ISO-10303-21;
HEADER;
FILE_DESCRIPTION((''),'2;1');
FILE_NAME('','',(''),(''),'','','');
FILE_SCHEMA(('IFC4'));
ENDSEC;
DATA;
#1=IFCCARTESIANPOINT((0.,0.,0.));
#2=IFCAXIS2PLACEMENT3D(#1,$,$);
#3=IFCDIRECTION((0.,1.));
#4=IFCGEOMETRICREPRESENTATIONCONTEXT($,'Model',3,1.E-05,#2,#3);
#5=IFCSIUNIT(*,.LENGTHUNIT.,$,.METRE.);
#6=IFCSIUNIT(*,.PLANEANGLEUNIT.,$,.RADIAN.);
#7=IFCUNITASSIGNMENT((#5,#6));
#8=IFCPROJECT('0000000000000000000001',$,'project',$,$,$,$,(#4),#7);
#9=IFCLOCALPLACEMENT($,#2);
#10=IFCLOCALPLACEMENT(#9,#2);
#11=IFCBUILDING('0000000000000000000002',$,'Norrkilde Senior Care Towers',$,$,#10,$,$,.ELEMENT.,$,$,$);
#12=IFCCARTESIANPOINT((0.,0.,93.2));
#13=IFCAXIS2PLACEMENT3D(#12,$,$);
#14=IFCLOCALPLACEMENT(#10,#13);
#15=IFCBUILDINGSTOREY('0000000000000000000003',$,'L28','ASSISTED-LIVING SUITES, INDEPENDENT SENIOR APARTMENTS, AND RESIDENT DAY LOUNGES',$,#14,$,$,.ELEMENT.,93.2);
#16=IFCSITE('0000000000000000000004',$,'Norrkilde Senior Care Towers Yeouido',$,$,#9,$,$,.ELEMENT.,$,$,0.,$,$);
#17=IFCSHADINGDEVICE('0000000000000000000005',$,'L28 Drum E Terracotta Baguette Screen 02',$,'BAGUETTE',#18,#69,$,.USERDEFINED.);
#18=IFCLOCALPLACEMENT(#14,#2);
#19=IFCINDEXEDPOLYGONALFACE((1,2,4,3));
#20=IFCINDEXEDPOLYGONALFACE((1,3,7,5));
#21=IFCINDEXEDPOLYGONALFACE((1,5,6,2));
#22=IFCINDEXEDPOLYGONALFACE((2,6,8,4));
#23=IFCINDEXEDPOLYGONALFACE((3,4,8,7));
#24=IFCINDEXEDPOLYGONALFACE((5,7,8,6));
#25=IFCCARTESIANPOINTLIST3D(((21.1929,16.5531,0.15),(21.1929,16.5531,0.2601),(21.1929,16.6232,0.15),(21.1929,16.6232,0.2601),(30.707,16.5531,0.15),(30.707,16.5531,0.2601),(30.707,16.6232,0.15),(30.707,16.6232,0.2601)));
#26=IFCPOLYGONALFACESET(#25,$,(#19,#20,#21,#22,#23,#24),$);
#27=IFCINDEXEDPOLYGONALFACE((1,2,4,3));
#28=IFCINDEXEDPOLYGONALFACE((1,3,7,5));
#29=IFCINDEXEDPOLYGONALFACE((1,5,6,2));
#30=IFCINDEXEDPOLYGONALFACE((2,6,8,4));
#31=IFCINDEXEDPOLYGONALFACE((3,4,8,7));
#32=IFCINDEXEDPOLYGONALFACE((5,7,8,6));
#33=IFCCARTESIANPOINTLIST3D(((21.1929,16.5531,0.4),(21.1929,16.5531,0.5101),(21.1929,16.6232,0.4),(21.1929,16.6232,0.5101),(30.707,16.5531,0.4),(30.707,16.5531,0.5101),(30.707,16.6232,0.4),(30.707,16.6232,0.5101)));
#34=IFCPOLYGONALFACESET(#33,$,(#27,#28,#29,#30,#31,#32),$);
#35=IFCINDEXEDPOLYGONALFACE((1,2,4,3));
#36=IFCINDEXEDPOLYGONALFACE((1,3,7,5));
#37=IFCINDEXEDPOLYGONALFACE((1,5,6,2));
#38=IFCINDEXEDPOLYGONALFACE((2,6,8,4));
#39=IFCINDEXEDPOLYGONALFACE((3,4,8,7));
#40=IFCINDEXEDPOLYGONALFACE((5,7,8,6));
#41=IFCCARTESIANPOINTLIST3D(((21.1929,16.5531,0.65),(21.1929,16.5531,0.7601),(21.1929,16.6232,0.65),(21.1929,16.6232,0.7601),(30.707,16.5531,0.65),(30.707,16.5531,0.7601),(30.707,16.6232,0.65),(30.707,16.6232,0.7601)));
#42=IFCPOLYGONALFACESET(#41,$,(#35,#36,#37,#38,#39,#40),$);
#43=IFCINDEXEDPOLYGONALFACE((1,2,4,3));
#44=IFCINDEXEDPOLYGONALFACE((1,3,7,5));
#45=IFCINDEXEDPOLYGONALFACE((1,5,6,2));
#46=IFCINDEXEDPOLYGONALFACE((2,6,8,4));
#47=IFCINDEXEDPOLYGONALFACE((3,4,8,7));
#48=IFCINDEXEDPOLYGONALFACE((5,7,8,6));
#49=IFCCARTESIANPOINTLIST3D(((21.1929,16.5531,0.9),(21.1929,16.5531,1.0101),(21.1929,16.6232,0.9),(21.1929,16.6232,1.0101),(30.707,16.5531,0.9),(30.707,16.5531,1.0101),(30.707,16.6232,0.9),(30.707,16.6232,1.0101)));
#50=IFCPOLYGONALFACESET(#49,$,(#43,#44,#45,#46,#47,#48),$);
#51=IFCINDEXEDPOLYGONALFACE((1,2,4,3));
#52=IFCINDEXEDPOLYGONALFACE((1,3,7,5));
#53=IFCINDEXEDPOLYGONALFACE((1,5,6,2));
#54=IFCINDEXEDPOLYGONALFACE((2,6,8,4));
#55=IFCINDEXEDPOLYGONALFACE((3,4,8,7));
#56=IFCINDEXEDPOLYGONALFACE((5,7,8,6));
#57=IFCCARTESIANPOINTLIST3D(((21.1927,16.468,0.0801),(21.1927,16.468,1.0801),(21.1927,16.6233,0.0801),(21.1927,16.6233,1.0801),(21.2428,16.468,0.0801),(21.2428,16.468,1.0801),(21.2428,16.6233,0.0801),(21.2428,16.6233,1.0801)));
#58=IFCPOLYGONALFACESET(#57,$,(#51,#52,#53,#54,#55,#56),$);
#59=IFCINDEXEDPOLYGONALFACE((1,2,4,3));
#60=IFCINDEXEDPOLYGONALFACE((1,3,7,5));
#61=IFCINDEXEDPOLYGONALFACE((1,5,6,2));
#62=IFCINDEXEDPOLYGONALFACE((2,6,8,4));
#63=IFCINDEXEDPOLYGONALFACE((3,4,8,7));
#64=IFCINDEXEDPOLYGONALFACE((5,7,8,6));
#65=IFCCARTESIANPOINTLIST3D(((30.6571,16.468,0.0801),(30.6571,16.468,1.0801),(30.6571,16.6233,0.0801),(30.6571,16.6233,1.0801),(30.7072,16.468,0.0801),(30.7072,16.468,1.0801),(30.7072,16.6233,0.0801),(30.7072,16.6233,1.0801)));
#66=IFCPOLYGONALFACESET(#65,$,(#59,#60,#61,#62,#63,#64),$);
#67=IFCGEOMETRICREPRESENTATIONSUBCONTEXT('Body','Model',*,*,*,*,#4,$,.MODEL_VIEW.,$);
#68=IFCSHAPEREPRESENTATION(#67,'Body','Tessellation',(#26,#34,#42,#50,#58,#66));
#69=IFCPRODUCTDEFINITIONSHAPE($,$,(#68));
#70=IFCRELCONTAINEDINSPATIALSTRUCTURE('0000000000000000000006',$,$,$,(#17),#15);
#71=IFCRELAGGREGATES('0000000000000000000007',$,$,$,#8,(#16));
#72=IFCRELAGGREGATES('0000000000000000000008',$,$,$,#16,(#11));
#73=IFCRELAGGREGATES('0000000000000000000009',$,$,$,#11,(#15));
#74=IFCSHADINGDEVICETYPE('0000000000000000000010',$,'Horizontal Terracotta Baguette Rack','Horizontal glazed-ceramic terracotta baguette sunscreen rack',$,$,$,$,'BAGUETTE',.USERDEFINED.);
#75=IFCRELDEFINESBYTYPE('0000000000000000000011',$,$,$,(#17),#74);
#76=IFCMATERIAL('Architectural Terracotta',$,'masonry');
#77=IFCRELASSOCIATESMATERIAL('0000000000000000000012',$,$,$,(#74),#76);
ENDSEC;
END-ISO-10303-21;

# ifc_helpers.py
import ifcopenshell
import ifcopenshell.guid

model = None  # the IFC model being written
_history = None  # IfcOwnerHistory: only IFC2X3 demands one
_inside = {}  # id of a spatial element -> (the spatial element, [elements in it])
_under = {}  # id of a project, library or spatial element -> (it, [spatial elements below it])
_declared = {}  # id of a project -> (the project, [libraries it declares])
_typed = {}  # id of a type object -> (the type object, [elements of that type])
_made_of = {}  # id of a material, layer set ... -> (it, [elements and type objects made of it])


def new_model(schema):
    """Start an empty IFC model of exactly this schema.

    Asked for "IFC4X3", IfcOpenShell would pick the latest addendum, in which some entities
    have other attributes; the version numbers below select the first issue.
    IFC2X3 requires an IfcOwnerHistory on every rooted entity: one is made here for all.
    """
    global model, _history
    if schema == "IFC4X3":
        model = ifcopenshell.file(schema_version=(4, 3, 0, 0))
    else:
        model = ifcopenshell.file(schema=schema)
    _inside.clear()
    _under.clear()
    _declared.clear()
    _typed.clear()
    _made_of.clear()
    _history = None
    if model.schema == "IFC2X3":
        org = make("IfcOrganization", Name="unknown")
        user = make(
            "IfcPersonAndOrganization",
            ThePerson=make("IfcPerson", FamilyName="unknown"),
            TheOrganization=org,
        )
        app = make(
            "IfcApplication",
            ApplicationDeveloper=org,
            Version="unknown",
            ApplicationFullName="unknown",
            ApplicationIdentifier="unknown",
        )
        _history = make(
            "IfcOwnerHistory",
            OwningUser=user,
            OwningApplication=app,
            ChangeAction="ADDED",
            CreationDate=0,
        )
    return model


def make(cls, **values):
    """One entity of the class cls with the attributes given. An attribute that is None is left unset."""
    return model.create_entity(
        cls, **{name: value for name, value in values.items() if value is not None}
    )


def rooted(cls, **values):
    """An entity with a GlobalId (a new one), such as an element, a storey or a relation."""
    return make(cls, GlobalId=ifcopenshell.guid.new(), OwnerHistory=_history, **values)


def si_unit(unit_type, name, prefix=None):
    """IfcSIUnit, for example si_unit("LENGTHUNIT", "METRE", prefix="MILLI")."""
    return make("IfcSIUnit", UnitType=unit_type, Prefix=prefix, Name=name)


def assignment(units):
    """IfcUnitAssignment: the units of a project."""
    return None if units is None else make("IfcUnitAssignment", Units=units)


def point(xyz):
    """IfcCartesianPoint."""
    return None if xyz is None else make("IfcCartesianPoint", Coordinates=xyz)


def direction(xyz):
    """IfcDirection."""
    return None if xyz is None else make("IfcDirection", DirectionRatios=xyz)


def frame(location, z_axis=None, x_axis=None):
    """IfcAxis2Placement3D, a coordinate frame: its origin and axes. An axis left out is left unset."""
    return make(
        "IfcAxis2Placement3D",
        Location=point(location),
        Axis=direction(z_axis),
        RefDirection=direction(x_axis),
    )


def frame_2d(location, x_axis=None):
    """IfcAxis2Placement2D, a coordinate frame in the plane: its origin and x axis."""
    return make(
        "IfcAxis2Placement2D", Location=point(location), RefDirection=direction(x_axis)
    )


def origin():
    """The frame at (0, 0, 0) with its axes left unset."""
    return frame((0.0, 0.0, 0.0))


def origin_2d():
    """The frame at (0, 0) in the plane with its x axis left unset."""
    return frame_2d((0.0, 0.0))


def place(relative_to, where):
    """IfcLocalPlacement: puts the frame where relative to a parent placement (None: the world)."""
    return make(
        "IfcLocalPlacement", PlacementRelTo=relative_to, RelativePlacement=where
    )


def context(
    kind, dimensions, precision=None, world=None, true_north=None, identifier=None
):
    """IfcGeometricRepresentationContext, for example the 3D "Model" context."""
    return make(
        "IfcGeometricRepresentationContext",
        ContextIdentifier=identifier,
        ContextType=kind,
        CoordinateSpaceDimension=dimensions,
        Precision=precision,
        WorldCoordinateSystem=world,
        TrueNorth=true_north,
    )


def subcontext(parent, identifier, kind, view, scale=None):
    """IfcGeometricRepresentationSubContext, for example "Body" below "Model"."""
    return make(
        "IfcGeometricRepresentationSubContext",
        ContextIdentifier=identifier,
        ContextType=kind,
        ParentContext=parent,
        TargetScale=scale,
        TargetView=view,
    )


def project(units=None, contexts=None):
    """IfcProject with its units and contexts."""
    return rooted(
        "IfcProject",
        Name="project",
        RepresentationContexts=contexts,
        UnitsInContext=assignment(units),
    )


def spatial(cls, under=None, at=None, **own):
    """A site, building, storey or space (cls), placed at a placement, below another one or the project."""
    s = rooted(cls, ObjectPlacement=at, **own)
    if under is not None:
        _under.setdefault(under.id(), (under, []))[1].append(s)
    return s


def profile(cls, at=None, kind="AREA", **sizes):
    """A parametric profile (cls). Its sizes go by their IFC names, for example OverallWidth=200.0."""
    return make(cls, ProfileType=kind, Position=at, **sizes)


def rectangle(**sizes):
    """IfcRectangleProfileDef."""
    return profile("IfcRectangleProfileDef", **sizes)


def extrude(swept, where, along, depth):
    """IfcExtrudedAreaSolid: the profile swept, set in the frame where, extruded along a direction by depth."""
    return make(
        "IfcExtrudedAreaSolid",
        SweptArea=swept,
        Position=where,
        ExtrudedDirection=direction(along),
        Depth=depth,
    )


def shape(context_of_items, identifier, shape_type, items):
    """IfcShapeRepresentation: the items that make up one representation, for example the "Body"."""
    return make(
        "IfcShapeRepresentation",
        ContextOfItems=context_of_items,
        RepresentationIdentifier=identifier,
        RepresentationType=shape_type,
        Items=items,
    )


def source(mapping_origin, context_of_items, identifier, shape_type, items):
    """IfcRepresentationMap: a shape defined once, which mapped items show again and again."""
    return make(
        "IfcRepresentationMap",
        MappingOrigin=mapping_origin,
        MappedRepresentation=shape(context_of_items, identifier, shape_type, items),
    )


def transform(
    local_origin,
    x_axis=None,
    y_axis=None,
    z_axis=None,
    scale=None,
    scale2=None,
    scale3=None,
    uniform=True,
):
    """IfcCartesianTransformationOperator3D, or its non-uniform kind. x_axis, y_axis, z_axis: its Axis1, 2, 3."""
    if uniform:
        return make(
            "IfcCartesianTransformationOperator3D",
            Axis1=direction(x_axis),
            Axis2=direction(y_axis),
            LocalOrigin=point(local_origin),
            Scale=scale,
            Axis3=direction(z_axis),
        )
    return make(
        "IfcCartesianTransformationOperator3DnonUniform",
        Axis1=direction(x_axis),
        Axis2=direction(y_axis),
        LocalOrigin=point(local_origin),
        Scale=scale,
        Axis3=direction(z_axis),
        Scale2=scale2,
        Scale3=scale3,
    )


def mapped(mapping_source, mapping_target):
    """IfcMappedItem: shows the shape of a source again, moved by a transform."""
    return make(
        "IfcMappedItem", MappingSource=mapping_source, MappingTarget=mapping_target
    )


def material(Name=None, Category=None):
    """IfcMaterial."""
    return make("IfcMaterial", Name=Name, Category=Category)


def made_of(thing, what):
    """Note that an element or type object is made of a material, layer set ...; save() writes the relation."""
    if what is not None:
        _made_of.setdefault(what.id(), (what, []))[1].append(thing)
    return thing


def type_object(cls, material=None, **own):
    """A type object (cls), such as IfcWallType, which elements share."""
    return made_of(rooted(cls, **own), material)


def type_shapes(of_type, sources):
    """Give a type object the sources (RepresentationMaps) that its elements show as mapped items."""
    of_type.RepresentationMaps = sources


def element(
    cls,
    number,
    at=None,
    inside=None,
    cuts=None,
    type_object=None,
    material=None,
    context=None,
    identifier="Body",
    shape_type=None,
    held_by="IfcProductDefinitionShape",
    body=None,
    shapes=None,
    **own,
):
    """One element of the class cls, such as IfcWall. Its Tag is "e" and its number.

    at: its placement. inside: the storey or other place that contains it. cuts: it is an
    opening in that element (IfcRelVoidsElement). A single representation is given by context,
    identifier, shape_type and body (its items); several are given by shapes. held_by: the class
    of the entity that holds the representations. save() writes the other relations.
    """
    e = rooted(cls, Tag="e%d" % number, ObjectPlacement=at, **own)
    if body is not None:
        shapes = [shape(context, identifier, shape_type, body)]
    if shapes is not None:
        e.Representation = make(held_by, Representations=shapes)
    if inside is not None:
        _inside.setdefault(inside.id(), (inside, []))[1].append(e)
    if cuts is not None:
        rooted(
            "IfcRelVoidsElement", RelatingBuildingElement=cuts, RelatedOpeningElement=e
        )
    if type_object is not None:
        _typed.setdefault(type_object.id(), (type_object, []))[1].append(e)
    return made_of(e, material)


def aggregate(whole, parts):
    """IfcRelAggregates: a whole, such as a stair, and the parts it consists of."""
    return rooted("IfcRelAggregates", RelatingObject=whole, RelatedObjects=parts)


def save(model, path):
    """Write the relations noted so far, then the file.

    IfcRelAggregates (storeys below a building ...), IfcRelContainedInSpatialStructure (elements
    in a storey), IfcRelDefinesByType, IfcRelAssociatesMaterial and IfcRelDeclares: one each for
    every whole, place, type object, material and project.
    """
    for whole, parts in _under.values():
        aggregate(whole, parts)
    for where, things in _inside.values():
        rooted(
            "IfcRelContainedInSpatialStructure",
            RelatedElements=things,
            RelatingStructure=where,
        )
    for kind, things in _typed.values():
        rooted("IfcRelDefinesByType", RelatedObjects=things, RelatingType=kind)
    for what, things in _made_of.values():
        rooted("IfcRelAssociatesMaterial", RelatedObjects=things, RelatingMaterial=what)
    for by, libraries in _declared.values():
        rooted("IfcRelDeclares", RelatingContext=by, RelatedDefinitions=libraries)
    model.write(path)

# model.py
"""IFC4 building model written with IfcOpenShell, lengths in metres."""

from ifc_helpers import new_model, si_unit, direction, frame, origin, origin_2d, place, context, subcontext, project, spatial, rectangle, extrude, source, transform, mapped, material, type_object, type_shapes, element, save


model = new_model("IFC4")

# Units and contexts
model_context = context("Model", 3, precision=1e-05, world=origin(), true_north=direction((0.0, 1.0)))
body_context = subcontext(model_context, "Body", "Model", "MODEL_VIEW")
ifc_project = project(units=[si_unit("LENGTHUNIT", "METRE"), si_unit("PLANEANGLEUNIT", "RADIAN")], contexts=[model_context])

# Site, building, storey
site_placement = place(None, origin())
site = spatial("IfcSite", under=ifc_project, at=site_placement, Name="Norrkilde Senior Care Towers Yeouido", CompositionType="ELEMENT", RefElevation=0.0)
building_placement = place(site_placement, origin())
building = spatial("IfcBuilding", under=site, at=building_placement, Name="Norrkilde Senior Care Towers", CompositionType="ELEMENT")
storey_placement = place(building_placement, frame((0.0, 0.0, 93.2)))
storey = spatial("IfcBuildingStorey", under=building, at=storey_placement, Name="L28", Description="ASSISTED-LIVING SUITES, INDEPENDENT SENIOR APARTMENTS, AND RESIDENT DAY LOUNGES", CompositionType="ELEMENT", Elevation=93.2)

# Shading device
ifc_material_1 = material(Name="Architectural Terracotta", Category="masonry")
shading_device_type = type_object("IfcShadingDeviceType", Name="Horizontal Terracotta Baguette Rack", Description="Horizontal glazed-ceramic terracotta baguette sunscreen rack", ElementType="BAGUETTE", PredefinedType="USERDEFINED", material=ifc_material_1)
shared_shape_1 = source(origin(), body_context, "Body", "SweptSolid", [
    extrude(rectangle(XDim=0.0701, YDim=0.1101, at=origin_2d()), frame((0.0, 0.0901, 0.125), z_axis=(1.0, 0.0, 0.0), x_axis=(0.0, 1.0, 0.0)), (0.0, 0.0, 1.0), 9.5142),
    extrude(rectangle(XDim=0.0701, YDim=0.1101, at=origin_2d()), frame((0.0, 0.0901, 0.375), z_axis=(1.0, 0.0, 0.0), x_axis=(0.0, 1.0, 0.0)), (0.0, 0.0, 1.0), 9.5142),
    extrude(rectangle(XDim=0.0701, YDim=0.1101, at=origin_2d()), frame((0.0, 0.0901, 0.625), z_axis=(1.0, 0.0, 0.0), x_axis=(0.0, 1.0, 0.0)), (0.0, 0.0, 1.0), 9.5142),
    extrude(rectangle(XDim=0.0701, YDim=0.1101, at=origin_2d()), frame((0.0, 0.0901, 0.875), z_axis=(1.0, 0.0, 0.0), x_axis=(0.0, 1.0, 0.0)), (0.0, 0.0, 1.0), 9.5142),
    extrude(rectangle(XDim=0.05, YDim=0.1553, at=origin_2d()), frame((0.0249, 0.0476, 0.0)), (0.0, 0.0, 1.0), 1.0),
    extrude(rectangle(XDim=0.05, YDim=0.1553, at=origin_2d()), frame((9.4893, 0.0476, 0.0)), (0.0, 0.0, 1.0), 1.0),
])
type_shapes(shading_device_type, [shared_shape_1])
shading_device_placement = place(storey_placement, frame((21.1929, 16.498, 0.0801), z_axis=(0.0, 0.0, 1.0), x_axis=(1.0, 0.0, 0.0)))
element("IfcShadingDevice", 1, at=shading_device_placement, inside=storey, type_object=shading_device_type, Name="L28 Drum E Terracotta Baguette Screen 02", ObjectType="BAGUETTE", PredefinedType="USERDEFINED", context=body_context, shape_type="MappedRepresentation", body=[
    mapped(shared_shape_1, transform((0.0, 0.0, 0.0), x_axis=(1.0, 0.0, 0.0), y_axis=(0.0, 1.0, 0.0), z_axis=(0.0, 0.0, 1.0), scale=1.0)),
])

save(model, "model.ifc")
